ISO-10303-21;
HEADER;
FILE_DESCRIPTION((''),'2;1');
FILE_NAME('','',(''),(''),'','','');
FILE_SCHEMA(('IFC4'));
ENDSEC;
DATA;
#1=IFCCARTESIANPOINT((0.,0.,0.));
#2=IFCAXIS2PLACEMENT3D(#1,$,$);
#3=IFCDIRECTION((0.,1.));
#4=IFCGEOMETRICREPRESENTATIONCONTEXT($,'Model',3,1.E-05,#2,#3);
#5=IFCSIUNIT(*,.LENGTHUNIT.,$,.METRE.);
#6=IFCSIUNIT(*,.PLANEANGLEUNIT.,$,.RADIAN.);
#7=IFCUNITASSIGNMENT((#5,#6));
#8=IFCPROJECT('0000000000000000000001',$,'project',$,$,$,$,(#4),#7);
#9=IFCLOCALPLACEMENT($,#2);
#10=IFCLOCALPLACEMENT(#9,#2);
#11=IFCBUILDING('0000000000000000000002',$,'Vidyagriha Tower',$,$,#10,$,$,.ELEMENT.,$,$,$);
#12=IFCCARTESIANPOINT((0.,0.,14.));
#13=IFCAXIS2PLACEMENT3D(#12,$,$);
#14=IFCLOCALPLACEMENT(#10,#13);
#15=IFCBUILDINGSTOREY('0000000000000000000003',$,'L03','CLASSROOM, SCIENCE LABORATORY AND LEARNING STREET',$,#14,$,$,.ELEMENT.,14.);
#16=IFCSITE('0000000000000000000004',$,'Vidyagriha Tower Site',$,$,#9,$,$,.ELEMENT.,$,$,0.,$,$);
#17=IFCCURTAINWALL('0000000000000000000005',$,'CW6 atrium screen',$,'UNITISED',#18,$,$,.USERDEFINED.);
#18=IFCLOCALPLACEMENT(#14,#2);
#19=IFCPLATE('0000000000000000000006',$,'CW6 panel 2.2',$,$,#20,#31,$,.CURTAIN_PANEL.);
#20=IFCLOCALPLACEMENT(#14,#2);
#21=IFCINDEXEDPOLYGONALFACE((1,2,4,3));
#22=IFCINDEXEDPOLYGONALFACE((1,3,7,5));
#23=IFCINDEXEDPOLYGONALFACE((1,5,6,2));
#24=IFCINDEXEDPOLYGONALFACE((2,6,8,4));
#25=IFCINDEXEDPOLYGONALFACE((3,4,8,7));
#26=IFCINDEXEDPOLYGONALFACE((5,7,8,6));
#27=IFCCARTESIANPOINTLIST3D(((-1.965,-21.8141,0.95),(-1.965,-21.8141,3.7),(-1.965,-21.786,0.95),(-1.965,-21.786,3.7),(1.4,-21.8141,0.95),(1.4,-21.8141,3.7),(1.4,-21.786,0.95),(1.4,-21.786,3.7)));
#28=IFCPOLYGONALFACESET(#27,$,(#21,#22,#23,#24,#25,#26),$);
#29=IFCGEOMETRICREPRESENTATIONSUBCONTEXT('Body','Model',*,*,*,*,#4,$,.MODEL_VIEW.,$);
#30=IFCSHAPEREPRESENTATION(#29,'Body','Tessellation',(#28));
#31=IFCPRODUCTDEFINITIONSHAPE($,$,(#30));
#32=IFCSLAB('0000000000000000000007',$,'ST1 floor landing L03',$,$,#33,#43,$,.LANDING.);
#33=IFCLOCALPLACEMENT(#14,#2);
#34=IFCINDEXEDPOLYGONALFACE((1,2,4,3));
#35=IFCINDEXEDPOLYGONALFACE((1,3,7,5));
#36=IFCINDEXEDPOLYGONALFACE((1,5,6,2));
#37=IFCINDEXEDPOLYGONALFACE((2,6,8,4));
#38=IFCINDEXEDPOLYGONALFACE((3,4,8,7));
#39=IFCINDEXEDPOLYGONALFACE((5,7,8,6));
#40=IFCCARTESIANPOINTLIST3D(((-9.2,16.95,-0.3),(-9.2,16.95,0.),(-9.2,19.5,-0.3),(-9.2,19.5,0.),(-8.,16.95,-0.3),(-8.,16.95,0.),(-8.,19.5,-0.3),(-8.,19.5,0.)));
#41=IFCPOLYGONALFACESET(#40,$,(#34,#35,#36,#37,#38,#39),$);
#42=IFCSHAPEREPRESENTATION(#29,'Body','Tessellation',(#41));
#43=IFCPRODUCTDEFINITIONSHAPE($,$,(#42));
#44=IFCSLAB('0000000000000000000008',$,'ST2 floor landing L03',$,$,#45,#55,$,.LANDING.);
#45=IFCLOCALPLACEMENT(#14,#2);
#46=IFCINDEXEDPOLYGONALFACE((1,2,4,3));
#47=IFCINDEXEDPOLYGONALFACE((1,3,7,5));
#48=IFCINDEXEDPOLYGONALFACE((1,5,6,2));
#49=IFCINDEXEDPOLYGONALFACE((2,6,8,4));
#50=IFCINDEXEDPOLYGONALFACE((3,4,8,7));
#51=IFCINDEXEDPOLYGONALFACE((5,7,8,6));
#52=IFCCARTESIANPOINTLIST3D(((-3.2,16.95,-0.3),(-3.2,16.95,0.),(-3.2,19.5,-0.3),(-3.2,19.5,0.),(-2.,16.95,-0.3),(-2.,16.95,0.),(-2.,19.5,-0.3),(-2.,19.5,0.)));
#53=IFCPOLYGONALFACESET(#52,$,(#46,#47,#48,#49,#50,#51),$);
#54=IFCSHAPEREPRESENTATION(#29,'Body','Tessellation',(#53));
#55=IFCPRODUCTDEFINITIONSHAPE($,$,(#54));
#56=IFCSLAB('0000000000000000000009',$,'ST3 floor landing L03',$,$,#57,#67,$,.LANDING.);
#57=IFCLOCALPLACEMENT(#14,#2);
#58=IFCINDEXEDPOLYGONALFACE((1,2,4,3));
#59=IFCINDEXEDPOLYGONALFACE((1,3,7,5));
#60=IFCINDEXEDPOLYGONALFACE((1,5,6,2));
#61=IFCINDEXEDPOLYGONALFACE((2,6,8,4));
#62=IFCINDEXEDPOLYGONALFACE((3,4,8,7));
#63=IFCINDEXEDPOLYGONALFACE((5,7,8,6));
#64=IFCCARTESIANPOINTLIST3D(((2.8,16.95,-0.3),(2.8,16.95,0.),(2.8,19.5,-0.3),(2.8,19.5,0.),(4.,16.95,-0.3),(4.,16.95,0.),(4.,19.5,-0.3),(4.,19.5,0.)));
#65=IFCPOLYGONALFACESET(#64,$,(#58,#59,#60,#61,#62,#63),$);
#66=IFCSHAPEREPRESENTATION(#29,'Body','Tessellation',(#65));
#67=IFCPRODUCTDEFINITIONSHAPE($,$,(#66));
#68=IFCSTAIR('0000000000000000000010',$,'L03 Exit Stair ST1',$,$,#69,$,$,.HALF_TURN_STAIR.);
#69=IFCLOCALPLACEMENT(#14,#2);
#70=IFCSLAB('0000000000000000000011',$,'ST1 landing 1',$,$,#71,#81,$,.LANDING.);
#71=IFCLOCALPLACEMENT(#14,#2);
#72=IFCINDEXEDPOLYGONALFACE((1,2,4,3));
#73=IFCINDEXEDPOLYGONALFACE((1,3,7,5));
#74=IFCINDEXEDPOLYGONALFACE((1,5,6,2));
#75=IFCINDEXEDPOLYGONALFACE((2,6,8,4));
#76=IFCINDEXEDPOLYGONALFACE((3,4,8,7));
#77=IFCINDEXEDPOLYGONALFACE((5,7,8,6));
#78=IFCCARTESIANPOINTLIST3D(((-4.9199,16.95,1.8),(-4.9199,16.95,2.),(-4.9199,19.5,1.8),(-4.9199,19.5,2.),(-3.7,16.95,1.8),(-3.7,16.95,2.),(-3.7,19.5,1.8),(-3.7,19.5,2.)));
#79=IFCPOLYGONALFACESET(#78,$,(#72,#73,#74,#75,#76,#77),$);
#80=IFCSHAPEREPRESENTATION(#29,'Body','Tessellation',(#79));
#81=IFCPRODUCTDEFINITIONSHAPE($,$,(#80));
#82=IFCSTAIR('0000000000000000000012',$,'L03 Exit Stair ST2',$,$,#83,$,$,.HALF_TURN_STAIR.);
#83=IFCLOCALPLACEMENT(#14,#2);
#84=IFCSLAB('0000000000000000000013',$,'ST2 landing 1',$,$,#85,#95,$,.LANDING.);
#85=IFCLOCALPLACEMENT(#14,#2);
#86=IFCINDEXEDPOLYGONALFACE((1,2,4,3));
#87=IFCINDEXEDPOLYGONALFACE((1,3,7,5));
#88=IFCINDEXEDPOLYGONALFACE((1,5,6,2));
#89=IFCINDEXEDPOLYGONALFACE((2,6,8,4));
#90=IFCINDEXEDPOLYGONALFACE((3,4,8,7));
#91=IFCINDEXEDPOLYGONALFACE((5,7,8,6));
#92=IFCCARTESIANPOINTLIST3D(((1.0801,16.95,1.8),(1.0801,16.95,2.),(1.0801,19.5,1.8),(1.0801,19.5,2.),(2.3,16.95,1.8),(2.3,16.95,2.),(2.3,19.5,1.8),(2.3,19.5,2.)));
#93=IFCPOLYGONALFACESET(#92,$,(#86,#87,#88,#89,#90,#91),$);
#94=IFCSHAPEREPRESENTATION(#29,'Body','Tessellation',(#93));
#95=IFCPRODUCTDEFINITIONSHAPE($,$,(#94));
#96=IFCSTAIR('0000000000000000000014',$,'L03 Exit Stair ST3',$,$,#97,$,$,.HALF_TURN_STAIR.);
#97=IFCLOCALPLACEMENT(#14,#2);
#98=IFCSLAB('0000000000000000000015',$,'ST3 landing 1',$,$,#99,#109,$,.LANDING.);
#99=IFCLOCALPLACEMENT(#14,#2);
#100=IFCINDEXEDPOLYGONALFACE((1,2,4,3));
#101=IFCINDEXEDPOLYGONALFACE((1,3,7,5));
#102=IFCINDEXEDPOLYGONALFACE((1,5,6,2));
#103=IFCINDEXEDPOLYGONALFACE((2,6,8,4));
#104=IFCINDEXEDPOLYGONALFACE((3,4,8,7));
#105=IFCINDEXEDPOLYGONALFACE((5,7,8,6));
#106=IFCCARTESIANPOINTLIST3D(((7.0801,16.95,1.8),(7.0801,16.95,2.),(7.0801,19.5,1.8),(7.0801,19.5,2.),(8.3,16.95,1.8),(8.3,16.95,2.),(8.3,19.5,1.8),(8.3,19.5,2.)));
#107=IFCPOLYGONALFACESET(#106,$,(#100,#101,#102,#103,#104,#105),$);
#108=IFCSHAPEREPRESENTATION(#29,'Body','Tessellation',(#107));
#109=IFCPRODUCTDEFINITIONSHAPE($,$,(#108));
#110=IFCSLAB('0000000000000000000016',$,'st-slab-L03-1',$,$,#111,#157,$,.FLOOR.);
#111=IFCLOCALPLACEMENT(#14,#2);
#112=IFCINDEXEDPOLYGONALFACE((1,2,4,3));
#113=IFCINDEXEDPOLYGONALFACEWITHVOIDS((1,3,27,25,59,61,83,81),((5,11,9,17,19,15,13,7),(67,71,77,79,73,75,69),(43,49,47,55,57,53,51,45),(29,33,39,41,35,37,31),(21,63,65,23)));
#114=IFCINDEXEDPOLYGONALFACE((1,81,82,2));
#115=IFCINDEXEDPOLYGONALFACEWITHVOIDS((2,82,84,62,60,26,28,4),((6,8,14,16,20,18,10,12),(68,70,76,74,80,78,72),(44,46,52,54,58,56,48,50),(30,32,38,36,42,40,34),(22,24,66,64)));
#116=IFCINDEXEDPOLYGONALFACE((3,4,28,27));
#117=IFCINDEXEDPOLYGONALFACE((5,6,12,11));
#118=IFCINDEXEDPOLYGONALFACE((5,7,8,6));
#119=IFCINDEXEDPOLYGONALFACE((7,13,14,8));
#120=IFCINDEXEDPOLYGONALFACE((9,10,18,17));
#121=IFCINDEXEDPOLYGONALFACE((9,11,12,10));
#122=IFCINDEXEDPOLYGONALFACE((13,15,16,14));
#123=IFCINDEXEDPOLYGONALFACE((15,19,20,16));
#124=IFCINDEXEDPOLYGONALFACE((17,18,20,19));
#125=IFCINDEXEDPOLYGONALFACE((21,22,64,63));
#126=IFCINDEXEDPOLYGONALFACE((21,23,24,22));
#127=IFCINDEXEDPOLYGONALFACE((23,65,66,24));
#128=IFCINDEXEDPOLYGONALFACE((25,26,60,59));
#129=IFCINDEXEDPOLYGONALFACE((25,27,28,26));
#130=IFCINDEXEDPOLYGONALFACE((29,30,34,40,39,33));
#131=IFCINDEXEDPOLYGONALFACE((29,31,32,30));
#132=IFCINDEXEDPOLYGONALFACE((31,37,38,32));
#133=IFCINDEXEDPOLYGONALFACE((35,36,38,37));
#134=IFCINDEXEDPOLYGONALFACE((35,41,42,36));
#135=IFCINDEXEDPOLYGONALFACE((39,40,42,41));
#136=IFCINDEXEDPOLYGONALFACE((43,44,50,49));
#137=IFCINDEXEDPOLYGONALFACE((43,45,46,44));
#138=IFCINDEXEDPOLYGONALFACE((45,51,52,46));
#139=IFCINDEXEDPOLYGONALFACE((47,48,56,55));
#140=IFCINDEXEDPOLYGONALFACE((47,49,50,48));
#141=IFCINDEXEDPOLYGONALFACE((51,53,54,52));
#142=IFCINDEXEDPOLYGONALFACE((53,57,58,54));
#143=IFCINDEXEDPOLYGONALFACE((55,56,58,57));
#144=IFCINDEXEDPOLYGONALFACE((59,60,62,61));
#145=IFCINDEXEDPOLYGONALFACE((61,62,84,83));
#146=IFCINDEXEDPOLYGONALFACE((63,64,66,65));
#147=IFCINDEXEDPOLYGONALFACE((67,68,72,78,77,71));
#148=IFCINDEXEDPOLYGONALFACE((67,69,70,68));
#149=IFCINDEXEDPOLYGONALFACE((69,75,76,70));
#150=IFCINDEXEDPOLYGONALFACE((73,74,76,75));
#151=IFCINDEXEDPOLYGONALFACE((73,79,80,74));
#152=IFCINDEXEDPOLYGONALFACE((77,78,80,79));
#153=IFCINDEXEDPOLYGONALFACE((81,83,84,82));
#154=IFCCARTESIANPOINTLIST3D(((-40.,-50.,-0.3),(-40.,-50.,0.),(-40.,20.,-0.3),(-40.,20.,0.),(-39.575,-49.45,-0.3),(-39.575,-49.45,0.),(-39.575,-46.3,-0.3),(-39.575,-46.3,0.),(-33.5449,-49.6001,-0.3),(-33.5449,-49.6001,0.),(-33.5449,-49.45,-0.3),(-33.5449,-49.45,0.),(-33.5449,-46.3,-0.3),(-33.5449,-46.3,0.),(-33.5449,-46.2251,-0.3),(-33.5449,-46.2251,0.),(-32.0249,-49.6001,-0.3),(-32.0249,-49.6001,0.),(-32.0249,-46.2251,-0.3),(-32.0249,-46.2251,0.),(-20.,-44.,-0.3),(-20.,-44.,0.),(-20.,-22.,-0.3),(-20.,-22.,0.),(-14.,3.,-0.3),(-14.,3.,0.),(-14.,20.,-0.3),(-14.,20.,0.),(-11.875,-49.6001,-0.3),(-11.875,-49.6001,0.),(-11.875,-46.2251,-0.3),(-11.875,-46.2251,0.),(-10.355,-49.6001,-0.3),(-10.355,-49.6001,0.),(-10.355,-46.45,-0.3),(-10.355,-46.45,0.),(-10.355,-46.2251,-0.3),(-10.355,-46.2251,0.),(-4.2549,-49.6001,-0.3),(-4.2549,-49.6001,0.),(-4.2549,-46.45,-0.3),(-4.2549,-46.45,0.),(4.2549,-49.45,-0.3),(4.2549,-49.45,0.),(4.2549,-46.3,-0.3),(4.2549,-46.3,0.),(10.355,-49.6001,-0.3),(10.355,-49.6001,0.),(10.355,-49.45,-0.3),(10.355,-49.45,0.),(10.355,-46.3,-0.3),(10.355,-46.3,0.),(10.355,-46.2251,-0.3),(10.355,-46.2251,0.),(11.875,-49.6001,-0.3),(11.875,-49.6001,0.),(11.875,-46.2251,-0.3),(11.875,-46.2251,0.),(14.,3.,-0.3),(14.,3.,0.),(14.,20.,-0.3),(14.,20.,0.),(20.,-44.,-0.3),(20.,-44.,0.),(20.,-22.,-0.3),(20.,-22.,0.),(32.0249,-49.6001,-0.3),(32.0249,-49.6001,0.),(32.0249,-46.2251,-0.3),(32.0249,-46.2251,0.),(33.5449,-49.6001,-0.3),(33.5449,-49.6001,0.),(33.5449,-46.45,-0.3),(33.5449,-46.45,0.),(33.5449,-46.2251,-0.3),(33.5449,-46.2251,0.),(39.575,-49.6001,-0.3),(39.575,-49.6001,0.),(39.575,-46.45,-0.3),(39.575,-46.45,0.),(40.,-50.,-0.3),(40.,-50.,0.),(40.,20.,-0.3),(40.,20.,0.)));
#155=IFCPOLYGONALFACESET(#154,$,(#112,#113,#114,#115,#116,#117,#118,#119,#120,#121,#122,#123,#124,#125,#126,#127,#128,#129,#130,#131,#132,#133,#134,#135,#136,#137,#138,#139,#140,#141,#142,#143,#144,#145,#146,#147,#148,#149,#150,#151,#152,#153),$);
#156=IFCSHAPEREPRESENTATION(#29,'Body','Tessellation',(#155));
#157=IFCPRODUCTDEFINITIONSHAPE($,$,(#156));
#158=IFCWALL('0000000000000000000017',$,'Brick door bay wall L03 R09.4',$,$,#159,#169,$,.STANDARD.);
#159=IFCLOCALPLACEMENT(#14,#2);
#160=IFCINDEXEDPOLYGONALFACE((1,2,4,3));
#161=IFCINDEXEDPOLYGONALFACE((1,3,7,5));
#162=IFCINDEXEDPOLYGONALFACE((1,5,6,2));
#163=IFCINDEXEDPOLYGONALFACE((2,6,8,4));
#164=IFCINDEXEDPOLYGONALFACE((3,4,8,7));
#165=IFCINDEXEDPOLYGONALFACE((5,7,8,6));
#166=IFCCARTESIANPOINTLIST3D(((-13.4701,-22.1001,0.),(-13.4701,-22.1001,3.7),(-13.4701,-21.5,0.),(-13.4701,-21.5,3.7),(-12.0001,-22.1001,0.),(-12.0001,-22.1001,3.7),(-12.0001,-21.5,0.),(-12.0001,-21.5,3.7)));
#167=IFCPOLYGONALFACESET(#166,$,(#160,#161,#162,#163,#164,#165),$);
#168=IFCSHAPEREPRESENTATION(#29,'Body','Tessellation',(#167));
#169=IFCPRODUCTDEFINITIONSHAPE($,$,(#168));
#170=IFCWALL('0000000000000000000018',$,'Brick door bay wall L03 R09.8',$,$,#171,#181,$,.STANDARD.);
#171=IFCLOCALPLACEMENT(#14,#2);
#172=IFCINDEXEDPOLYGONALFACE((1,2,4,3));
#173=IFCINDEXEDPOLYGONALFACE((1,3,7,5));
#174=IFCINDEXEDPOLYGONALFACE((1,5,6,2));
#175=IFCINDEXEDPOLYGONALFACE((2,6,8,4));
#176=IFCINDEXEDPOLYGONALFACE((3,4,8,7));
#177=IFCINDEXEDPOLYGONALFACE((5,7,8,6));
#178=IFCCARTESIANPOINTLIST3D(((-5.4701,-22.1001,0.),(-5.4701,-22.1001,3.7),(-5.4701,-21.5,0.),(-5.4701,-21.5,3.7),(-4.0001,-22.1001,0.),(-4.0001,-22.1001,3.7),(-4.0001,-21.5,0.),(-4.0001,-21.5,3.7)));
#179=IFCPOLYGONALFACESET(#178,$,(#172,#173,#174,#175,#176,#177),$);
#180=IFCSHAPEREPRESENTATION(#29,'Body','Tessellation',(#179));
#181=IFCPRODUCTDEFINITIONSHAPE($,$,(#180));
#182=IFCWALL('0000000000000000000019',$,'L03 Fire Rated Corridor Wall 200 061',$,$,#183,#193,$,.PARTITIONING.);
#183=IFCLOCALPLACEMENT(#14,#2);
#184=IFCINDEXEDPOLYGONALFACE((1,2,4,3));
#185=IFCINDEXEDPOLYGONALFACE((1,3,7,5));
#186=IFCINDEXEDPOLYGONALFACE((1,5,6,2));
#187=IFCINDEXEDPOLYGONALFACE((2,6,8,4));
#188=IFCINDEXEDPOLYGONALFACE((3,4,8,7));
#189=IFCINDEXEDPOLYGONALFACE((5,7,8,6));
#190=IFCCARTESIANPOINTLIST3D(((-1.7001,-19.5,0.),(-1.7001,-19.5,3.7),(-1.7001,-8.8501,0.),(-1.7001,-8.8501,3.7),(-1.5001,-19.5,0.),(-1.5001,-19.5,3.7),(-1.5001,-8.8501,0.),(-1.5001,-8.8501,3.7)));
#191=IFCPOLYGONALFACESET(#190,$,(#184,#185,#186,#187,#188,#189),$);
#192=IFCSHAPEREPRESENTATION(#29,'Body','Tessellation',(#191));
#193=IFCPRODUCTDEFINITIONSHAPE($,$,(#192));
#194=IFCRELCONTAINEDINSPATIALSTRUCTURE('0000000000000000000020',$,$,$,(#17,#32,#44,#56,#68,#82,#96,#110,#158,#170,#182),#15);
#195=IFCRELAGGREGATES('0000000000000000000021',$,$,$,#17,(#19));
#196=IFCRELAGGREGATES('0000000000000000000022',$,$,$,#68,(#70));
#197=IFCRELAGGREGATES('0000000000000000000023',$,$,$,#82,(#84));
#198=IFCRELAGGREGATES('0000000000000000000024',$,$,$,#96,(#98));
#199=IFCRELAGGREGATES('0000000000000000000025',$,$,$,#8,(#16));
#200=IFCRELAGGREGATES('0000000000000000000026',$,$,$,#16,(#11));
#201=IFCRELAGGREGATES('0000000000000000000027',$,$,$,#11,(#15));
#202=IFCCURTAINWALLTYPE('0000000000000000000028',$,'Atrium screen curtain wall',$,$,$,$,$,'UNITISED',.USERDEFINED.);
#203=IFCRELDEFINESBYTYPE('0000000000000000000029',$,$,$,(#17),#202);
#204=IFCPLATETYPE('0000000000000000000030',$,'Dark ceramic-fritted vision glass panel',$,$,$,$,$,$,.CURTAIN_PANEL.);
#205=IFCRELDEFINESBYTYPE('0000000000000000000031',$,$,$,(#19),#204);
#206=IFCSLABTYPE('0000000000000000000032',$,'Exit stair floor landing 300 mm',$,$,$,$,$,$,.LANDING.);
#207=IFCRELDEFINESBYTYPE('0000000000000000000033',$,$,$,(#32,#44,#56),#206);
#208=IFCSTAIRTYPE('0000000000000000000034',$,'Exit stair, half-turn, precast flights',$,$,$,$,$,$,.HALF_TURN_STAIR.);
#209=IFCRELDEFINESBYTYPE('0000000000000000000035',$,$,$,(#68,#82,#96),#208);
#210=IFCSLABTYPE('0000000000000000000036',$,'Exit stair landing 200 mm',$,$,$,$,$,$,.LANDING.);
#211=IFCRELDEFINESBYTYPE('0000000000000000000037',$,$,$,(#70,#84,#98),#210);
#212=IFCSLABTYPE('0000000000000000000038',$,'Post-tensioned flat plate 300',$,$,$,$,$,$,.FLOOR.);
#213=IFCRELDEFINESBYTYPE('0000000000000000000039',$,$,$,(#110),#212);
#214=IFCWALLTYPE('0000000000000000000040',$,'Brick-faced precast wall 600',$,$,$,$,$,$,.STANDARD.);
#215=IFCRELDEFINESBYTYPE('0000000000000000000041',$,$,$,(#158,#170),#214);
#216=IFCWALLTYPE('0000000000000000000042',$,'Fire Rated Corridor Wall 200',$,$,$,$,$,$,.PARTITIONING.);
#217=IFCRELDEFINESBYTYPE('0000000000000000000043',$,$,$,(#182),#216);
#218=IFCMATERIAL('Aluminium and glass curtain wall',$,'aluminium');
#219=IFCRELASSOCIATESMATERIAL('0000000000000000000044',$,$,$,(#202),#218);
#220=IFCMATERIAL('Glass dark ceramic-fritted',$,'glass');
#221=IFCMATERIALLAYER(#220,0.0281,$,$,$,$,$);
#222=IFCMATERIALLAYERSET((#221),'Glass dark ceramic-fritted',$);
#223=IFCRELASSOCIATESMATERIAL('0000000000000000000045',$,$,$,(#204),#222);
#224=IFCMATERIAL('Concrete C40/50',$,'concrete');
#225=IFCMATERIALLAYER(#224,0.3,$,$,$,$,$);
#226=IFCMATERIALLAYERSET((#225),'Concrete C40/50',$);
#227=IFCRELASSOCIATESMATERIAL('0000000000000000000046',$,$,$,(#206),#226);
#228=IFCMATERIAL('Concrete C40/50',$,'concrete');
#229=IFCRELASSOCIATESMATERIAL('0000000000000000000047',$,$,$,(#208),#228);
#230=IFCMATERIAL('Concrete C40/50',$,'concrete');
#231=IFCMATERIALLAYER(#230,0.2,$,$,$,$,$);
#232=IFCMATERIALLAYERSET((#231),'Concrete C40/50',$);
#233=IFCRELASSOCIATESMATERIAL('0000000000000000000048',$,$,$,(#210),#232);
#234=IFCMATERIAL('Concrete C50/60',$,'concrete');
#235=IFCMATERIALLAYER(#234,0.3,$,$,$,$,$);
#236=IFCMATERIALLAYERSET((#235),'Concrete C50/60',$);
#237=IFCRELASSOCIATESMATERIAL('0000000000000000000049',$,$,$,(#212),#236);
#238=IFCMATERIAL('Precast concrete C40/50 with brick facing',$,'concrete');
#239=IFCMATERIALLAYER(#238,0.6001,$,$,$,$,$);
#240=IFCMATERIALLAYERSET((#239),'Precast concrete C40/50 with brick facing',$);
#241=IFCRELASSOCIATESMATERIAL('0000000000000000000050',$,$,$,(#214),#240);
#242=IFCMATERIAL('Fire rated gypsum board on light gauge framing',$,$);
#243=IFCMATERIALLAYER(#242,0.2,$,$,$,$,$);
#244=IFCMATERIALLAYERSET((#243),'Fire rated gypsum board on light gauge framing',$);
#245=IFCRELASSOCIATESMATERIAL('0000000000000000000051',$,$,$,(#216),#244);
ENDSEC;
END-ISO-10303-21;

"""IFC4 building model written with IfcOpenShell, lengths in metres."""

from ifc_helpers import new_model, si_unit, direction, frame, frame_2d, origin, origin_2d, place, context, subcontext, project, spatial, polyline, rectangle, outline, extrude, material, layer, layer_set, type_object, element, aggregate, save


model = new_model("IFC4")

# Units and contexts
model_context = context("Model", 3, precision=1e-05, world=origin(), true_north=direction((0.0, 1.0)))
body_context = subcontext(model_context, "Body", "Model", "MODEL_VIEW")
ifc_project = project(units=[si_unit("LENGTHUNIT", "METRE"), si_unit("PLANEANGLEUNIT", "RADIAN")], contexts=[model_context])

# Site, building, storey
site_placement = place(None, origin())
site = spatial("IfcSite", under=ifc_project, at=site_placement, Name="Vidyagriha Tower Site", CompositionType="ELEMENT", RefElevation=0.0)
building_placement = place(site_placement, origin())
building = spatial("IfcBuilding", under=site, at=building_placement, Name="Vidyagriha Tower", CompositionType="ELEMENT")
storey_placement = place(building_placement, frame((0.0, 0.0, 14.0)))
storey = spatial("IfcBuildingStorey", under=building, at=storey_placement, Name="L03", Description="CLASSROOM, SCIENCE LABORATORY AND LEARNING STREET", CompositionType="ELEMENT", Elevation=14.0)

# Shared definitions
ifc_material_1 = material(Name="Aluminium and glass curtain wall", Category="aluminium")
curtain_wall_type = type_object("IfcCurtainWallType", Name="Atrium screen curtain wall", ElementType="UNITISED", PredefinedType="USERDEFINED", material=ifc_material_1)

# Curtain wall
curtain_wall_1_placement = place(storey_placement, origin())
curtain_wall_1 = element("IfcCurtainWall", 1, at=curtain_wall_1_placement, inside=storey, type_object=curtain_wall_type, Name="CW6 atrium screen", ObjectType="UNITISED", PredefinedType="USERDEFINED")

# Plate
ifc_material_2 = material(Name="Glass dark ceramic-fritted", Category="glass")
ifc_layer_1 = layer(ifc_material_2, 0.0281)
ifc_layer_set_1 = layer_set([ifc_layer_1], Name="Glass dark ceramic-fritted")
plate_type_1 = type_object("IfcPlateType", Name="Dark ceramic-fritted vision glass panel", PredefinedType="CURTAIN_PANEL", material=ifc_layer_set_1)
plate_1_placement = place(storey_placement, frame((-0.2825, -21.8, 0.95)))
plate_1 = element("IfcPlate", 2, at=plate_1_placement, type_object=plate_type_1, Name="CW6 panel 2.2", PredefinedType="CURTAIN_PANEL", context=body_context, shape_type="SweptSolid", body=[
    extrude(rectangle(XDim=3.365, YDim=0.0281, at=origin_2d()), origin(), (0.0, 0.0, 1.0), 2.75),
])
aggregate(curtain_wall_1, [plate_1])

# Slabs
ifc_material_3 = material(Name="Concrete C40/50", Category="concrete")
ifc_layer_2 = layer(ifc_material_3, 0.3)
ifc_layer_set_2 = layer_set([ifc_layer_2], Name="Concrete C40/50")
slab_type_1 = type_object("IfcSlabType", Name="Exit stair floor landing 300 mm", PredefinedType="LANDING", material=ifc_layer_set_2)
slab_1_placement = place(storey_placement, frame((0.0, 0.0, -0.3)))
element("IfcSlab", 3, at=slab_1_placement, inside=storey, type_object=slab_type_1, Name="ST1 floor landing L03", PredefinedType="LANDING", context=body_context, shape_type="SweptSolid", body=[
    extrude(outline(polyline([(-9.2, 16.95), (-8.0, 16.95), (-8.0, 19.5), (-9.2, 19.5), (-9.2, 16.95)])), origin(), (0.0, 0.0, 1.0), 0.3),
])
slab_2_placement = place(storey_placement, frame((0.0, 0.0, -0.3)))
element("IfcSlab", 4, at=slab_2_placement, inside=storey, type_object=slab_type_1, Name="ST2 floor landing L03", PredefinedType="LANDING", context=body_context, shape_type="SweptSolid", body=[
    extrude(outline(polyline([(-3.2, 16.95), (-2.0, 16.95), (-2.0, 19.5), (-3.2, 19.5), (-3.2, 16.95)])), origin(), (0.0, 0.0, 1.0), 0.3),
])
slab_3_placement = place(storey_placement, frame((0.0, 0.0, -0.3)))
element("IfcSlab", 5, at=slab_3_placement, inside=storey, type_object=slab_type_1, Name="ST3 floor landing L03", PredefinedType="LANDING", context=body_context, shape_type="SweptSolid", body=[
    extrude(outline(polyline([(2.8, 16.95), (4.0, 16.95), (4.0, 19.5), (2.8, 19.5), (2.8, 16.95)])), origin(), (0.0, 0.0, 1.0), 0.3),
])

# Stairs, slabs
ifc_material_4 = material(Name="Concrete C40/50", Category="concrete")
stair_type = type_object("IfcStairType", Name="Exit stair, half-turn, precast flights", PredefinedType="HALF_TURN_STAIR", material=ifc_material_4)
stair_1_placement = place(storey_placement, origin())
stair_1 = element("IfcStair", 6, at=stair_1_placement, inside=storey, type_object=stair_type, Name="L03 Exit Stair ST1", PredefinedType="HALF_TURN_STAIR")
ifc_material_5 = material(Name="Concrete C40/50", Category="concrete")
ifc_layer_3 = layer(ifc_material_5, 0.2)
ifc_layer_set_3 = layer_set([ifc_layer_3], Name="Concrete C40/50")
slab_type_2 = type_object("IfcSlabType", Name="Exit stair landing 200 mm", PredefinedType="LANDING", material=ifc_layer_set_3)
slab_4_placement = place(storey_placement, frame((0.0, 0.0, 1.8)))
slab_4 = element("IfcSlab", 7, at=slab_4_placement, type_object=slab_type_2, Name="ST1 landing 1", PredefinedType="LANDING", context=body_context, shape_type="SweptSolid", body=[
    extrude(outline(polyline([(-4.9199, 16.95), (-3.7, 16.95), (-3.7, 19.5), (-4.9199, 19.5), (-4.9199, 16.95)])), origin(), (0.0, 0.0, 1.0), 0.2),
])
aggregate(stair_1, [slab_4])
stair_2_placement = place(storey_placement, origin())
stair_2 = element("IfcStair", 8, at=stair_2_placement, inside=storey, type_object=stair_type, Name="L03 Exit Stair ST2", PredefinedType="HALF_TURN_STAIR")
slab_5_placement = place(storey_placement, frame((0.0, 0.0, 1.8)))
slab_5 = element("IfcSlab", 9, at=slab_5_placement, type_object=slab_type_2, Name="ST2 landing 1", PredefinedType="LANDING", context=body_context, shape_type="SweptSolid", body=[
    extrude(outline(polyline([(1.0801, 16.95), (2.3, 16.95), (2.3, 19.5), (1.0801, 19.5), (1.0801, 16.95)])), origin(), (0.0, 0.0, 1.0), 0.2),
])
aggregate(stair_2, [slab_5])
stair_3_placement = place(storey_placement, origin())
stair_3 = element("IfcStair", 10, at=stair_3_placement, inside=storey, type_object=stair_type, Name="L03 Exit Stair ST3", PredefinedType="HALF_TURN_STAIR")
slab_6_placement = place(storey_placement, frame((0.0, 0.0, 1.8)))
slab_6 = element("IfcSlab", 11, at=slab_6_placement, type_object=slab_type_2, Name="ST3 landing 1", PredefinedType="LANDING", context=body_context, shape_type="SweptSolid", body=[
    extrude(outline(polyline([(7.0801, 16.95), (8.3, 16.95), (8.3, 19.5), (7.0801, 19.5), (7.0801, 16.95)])), origin(), (0.0, 0.0, 1.0), 0.2),
])
aggregate(stair_3, [slab_6])

# Slab
ifc_material_6 = material(Name="Concrete C50/60", Category="concrete")
ifc_layer_4 = layer(ifc_material_6, 0.3)
ifc_layer_set_4 = layer_set([ifc_layer_4], Name="Concrete C50/60")
slab_type_3 = type_object("IfcSlabType", Name="Post-tensioned flat plate 300", PredefinedType="FLOOR", material=ifc_layer_set_4)
slab_7_placement = place(storey_placement, frame((0.0, 0.0, -0.3)))
element("IfcSlab", 12, at=slab_7_placement, inside=storey, type_object=slab_type_3, Name="st-slab-L03-1", PredefinedType="FLOOR", context=body_context, shape_type="SweptSolid", body=[
    extrude(outline(polyline([(-40.0, 20.0), (-14.0, 20.0), (-14.0, 3.0), (14.0, 3.0), (14.0, 20.0), (40.0, 20.0), (40.0, -50.0), (-40.0, -50.0), (-40.0, 20.0)]), holes=[polyline([(-20.0, -22.0), (-20.0, -44.0), (20.0, -44.0), (20.0, -22.0), (-20.0, -22.0)]), polyline([(-33.5449, -46.2251), (-33.5449, -46.3), (-39.575, -46.3), (-39.575, -49.45), (-33.5449, -49.45), (-33.5449, -49.6001), (-32.0249, -49.6001), (-32.0249, -46.2251), (-33.5449, -46.2251)]), polyline([(39.575, -49.6001), (39.575, -46.45), (33.5449, -46.45), (33.5449, -46.2251), (32.0249, -46.2251), (32.0249, -49.6001), (33.5449, -49.6001), (39.575, -49.6001)]), polyline([(-11.875, -49.6001), (-10.355, -49.6001), (-4.2549, -49.6001), (-4.2549, -46.45), (-10.355, -46.45), (-10.355, -46.2251), (-11.875, -46.2251), (-11.875, -49.6001)]), polyline([(4.2549, -46.3), (4.2549, -49.45), (10.355, -49.45), (10.355, -49.6001), (11.875, -49.6001), (11.875, -46.2251), (10.355, -46.2251), (10.355, -46.3), (4.2549, -46.3)])]), origin(), (0.0, 0.0, 1.0), 0.3),
])

# Walls
ifc_material_7 = material(Name="Precast concrete C40/50 with brick facing", Category="concrete")
ifc_layer_5 = layer(ifc_material_7, 0.6001)
ifc_layer_set_5 = layer_set([ifc_layer_5], Name="Precast concrete C40/50 with brick facing")
wall_type_1 = type_object("IfcWallType", Name="Brick-faced precast wall 600", PredefinedType="STANDARD", material=ifc_layer_set_5)
for number, where, name in (
    (13, (-13.47, -21.8, 0.0), "Brick door bay wall L03 R09.4"),
    (14, (-5.47, -21.8, 0.0), "Brick door bay wall L03 R09.8"),
):
    element("IfcWall", number, at=place(storey_placement, frame(where)), inside=storey, type_object=wall_type_1, Name=name, PredefinedType="STANDARD", context=body_context, shape_type="SweptSolid", body=[
        extrude(rectangle(XDim=1.47, YDim=0.6001, at=frame_2d((0.7349, 0.0))), origin(), (0.0, 0.0, 1.0), 3.7),
    ])
ifc_material_8 = material(Name="Fire rated gypsum board on light gauge framing")
ifc_layer_6 = layer(ifc_material_8, 0.2)
ifc_layer_set_6 = layer_set([ifc_layer_6], Name="Fire rated gypsum board on light gauge framing")
wall_type_2 = type_object("IfcWallType", Name="Fire Rated Corridor Wall 200", PredefinedType="PARTITIONING", material=ifc_layer_set_6)
wall_1_placement = place(storey_placement, frame((-1.6001, -19.5, 0.0), z_axis=(0.0, 0.0, 1.0), x_axis=(0.0, 1.0, 0.0)))
element("IfcWall", 15, at=wall_1_placement, inside=storey, type_object=wall_type_2, Name="L03 Fire Rated Corridor Wall 200 061", PredefinedType="PARTITIONING", context=body_context, shape_type="SweptSolid", body=[
    extrude(rectangle(XDim=10.6499, YDim=0.2, at=frame_2d((5.325, 0.0))), origin(), (0.0, 0.0, 1.0), 3.7),
])

save(model, "model.ifc")
